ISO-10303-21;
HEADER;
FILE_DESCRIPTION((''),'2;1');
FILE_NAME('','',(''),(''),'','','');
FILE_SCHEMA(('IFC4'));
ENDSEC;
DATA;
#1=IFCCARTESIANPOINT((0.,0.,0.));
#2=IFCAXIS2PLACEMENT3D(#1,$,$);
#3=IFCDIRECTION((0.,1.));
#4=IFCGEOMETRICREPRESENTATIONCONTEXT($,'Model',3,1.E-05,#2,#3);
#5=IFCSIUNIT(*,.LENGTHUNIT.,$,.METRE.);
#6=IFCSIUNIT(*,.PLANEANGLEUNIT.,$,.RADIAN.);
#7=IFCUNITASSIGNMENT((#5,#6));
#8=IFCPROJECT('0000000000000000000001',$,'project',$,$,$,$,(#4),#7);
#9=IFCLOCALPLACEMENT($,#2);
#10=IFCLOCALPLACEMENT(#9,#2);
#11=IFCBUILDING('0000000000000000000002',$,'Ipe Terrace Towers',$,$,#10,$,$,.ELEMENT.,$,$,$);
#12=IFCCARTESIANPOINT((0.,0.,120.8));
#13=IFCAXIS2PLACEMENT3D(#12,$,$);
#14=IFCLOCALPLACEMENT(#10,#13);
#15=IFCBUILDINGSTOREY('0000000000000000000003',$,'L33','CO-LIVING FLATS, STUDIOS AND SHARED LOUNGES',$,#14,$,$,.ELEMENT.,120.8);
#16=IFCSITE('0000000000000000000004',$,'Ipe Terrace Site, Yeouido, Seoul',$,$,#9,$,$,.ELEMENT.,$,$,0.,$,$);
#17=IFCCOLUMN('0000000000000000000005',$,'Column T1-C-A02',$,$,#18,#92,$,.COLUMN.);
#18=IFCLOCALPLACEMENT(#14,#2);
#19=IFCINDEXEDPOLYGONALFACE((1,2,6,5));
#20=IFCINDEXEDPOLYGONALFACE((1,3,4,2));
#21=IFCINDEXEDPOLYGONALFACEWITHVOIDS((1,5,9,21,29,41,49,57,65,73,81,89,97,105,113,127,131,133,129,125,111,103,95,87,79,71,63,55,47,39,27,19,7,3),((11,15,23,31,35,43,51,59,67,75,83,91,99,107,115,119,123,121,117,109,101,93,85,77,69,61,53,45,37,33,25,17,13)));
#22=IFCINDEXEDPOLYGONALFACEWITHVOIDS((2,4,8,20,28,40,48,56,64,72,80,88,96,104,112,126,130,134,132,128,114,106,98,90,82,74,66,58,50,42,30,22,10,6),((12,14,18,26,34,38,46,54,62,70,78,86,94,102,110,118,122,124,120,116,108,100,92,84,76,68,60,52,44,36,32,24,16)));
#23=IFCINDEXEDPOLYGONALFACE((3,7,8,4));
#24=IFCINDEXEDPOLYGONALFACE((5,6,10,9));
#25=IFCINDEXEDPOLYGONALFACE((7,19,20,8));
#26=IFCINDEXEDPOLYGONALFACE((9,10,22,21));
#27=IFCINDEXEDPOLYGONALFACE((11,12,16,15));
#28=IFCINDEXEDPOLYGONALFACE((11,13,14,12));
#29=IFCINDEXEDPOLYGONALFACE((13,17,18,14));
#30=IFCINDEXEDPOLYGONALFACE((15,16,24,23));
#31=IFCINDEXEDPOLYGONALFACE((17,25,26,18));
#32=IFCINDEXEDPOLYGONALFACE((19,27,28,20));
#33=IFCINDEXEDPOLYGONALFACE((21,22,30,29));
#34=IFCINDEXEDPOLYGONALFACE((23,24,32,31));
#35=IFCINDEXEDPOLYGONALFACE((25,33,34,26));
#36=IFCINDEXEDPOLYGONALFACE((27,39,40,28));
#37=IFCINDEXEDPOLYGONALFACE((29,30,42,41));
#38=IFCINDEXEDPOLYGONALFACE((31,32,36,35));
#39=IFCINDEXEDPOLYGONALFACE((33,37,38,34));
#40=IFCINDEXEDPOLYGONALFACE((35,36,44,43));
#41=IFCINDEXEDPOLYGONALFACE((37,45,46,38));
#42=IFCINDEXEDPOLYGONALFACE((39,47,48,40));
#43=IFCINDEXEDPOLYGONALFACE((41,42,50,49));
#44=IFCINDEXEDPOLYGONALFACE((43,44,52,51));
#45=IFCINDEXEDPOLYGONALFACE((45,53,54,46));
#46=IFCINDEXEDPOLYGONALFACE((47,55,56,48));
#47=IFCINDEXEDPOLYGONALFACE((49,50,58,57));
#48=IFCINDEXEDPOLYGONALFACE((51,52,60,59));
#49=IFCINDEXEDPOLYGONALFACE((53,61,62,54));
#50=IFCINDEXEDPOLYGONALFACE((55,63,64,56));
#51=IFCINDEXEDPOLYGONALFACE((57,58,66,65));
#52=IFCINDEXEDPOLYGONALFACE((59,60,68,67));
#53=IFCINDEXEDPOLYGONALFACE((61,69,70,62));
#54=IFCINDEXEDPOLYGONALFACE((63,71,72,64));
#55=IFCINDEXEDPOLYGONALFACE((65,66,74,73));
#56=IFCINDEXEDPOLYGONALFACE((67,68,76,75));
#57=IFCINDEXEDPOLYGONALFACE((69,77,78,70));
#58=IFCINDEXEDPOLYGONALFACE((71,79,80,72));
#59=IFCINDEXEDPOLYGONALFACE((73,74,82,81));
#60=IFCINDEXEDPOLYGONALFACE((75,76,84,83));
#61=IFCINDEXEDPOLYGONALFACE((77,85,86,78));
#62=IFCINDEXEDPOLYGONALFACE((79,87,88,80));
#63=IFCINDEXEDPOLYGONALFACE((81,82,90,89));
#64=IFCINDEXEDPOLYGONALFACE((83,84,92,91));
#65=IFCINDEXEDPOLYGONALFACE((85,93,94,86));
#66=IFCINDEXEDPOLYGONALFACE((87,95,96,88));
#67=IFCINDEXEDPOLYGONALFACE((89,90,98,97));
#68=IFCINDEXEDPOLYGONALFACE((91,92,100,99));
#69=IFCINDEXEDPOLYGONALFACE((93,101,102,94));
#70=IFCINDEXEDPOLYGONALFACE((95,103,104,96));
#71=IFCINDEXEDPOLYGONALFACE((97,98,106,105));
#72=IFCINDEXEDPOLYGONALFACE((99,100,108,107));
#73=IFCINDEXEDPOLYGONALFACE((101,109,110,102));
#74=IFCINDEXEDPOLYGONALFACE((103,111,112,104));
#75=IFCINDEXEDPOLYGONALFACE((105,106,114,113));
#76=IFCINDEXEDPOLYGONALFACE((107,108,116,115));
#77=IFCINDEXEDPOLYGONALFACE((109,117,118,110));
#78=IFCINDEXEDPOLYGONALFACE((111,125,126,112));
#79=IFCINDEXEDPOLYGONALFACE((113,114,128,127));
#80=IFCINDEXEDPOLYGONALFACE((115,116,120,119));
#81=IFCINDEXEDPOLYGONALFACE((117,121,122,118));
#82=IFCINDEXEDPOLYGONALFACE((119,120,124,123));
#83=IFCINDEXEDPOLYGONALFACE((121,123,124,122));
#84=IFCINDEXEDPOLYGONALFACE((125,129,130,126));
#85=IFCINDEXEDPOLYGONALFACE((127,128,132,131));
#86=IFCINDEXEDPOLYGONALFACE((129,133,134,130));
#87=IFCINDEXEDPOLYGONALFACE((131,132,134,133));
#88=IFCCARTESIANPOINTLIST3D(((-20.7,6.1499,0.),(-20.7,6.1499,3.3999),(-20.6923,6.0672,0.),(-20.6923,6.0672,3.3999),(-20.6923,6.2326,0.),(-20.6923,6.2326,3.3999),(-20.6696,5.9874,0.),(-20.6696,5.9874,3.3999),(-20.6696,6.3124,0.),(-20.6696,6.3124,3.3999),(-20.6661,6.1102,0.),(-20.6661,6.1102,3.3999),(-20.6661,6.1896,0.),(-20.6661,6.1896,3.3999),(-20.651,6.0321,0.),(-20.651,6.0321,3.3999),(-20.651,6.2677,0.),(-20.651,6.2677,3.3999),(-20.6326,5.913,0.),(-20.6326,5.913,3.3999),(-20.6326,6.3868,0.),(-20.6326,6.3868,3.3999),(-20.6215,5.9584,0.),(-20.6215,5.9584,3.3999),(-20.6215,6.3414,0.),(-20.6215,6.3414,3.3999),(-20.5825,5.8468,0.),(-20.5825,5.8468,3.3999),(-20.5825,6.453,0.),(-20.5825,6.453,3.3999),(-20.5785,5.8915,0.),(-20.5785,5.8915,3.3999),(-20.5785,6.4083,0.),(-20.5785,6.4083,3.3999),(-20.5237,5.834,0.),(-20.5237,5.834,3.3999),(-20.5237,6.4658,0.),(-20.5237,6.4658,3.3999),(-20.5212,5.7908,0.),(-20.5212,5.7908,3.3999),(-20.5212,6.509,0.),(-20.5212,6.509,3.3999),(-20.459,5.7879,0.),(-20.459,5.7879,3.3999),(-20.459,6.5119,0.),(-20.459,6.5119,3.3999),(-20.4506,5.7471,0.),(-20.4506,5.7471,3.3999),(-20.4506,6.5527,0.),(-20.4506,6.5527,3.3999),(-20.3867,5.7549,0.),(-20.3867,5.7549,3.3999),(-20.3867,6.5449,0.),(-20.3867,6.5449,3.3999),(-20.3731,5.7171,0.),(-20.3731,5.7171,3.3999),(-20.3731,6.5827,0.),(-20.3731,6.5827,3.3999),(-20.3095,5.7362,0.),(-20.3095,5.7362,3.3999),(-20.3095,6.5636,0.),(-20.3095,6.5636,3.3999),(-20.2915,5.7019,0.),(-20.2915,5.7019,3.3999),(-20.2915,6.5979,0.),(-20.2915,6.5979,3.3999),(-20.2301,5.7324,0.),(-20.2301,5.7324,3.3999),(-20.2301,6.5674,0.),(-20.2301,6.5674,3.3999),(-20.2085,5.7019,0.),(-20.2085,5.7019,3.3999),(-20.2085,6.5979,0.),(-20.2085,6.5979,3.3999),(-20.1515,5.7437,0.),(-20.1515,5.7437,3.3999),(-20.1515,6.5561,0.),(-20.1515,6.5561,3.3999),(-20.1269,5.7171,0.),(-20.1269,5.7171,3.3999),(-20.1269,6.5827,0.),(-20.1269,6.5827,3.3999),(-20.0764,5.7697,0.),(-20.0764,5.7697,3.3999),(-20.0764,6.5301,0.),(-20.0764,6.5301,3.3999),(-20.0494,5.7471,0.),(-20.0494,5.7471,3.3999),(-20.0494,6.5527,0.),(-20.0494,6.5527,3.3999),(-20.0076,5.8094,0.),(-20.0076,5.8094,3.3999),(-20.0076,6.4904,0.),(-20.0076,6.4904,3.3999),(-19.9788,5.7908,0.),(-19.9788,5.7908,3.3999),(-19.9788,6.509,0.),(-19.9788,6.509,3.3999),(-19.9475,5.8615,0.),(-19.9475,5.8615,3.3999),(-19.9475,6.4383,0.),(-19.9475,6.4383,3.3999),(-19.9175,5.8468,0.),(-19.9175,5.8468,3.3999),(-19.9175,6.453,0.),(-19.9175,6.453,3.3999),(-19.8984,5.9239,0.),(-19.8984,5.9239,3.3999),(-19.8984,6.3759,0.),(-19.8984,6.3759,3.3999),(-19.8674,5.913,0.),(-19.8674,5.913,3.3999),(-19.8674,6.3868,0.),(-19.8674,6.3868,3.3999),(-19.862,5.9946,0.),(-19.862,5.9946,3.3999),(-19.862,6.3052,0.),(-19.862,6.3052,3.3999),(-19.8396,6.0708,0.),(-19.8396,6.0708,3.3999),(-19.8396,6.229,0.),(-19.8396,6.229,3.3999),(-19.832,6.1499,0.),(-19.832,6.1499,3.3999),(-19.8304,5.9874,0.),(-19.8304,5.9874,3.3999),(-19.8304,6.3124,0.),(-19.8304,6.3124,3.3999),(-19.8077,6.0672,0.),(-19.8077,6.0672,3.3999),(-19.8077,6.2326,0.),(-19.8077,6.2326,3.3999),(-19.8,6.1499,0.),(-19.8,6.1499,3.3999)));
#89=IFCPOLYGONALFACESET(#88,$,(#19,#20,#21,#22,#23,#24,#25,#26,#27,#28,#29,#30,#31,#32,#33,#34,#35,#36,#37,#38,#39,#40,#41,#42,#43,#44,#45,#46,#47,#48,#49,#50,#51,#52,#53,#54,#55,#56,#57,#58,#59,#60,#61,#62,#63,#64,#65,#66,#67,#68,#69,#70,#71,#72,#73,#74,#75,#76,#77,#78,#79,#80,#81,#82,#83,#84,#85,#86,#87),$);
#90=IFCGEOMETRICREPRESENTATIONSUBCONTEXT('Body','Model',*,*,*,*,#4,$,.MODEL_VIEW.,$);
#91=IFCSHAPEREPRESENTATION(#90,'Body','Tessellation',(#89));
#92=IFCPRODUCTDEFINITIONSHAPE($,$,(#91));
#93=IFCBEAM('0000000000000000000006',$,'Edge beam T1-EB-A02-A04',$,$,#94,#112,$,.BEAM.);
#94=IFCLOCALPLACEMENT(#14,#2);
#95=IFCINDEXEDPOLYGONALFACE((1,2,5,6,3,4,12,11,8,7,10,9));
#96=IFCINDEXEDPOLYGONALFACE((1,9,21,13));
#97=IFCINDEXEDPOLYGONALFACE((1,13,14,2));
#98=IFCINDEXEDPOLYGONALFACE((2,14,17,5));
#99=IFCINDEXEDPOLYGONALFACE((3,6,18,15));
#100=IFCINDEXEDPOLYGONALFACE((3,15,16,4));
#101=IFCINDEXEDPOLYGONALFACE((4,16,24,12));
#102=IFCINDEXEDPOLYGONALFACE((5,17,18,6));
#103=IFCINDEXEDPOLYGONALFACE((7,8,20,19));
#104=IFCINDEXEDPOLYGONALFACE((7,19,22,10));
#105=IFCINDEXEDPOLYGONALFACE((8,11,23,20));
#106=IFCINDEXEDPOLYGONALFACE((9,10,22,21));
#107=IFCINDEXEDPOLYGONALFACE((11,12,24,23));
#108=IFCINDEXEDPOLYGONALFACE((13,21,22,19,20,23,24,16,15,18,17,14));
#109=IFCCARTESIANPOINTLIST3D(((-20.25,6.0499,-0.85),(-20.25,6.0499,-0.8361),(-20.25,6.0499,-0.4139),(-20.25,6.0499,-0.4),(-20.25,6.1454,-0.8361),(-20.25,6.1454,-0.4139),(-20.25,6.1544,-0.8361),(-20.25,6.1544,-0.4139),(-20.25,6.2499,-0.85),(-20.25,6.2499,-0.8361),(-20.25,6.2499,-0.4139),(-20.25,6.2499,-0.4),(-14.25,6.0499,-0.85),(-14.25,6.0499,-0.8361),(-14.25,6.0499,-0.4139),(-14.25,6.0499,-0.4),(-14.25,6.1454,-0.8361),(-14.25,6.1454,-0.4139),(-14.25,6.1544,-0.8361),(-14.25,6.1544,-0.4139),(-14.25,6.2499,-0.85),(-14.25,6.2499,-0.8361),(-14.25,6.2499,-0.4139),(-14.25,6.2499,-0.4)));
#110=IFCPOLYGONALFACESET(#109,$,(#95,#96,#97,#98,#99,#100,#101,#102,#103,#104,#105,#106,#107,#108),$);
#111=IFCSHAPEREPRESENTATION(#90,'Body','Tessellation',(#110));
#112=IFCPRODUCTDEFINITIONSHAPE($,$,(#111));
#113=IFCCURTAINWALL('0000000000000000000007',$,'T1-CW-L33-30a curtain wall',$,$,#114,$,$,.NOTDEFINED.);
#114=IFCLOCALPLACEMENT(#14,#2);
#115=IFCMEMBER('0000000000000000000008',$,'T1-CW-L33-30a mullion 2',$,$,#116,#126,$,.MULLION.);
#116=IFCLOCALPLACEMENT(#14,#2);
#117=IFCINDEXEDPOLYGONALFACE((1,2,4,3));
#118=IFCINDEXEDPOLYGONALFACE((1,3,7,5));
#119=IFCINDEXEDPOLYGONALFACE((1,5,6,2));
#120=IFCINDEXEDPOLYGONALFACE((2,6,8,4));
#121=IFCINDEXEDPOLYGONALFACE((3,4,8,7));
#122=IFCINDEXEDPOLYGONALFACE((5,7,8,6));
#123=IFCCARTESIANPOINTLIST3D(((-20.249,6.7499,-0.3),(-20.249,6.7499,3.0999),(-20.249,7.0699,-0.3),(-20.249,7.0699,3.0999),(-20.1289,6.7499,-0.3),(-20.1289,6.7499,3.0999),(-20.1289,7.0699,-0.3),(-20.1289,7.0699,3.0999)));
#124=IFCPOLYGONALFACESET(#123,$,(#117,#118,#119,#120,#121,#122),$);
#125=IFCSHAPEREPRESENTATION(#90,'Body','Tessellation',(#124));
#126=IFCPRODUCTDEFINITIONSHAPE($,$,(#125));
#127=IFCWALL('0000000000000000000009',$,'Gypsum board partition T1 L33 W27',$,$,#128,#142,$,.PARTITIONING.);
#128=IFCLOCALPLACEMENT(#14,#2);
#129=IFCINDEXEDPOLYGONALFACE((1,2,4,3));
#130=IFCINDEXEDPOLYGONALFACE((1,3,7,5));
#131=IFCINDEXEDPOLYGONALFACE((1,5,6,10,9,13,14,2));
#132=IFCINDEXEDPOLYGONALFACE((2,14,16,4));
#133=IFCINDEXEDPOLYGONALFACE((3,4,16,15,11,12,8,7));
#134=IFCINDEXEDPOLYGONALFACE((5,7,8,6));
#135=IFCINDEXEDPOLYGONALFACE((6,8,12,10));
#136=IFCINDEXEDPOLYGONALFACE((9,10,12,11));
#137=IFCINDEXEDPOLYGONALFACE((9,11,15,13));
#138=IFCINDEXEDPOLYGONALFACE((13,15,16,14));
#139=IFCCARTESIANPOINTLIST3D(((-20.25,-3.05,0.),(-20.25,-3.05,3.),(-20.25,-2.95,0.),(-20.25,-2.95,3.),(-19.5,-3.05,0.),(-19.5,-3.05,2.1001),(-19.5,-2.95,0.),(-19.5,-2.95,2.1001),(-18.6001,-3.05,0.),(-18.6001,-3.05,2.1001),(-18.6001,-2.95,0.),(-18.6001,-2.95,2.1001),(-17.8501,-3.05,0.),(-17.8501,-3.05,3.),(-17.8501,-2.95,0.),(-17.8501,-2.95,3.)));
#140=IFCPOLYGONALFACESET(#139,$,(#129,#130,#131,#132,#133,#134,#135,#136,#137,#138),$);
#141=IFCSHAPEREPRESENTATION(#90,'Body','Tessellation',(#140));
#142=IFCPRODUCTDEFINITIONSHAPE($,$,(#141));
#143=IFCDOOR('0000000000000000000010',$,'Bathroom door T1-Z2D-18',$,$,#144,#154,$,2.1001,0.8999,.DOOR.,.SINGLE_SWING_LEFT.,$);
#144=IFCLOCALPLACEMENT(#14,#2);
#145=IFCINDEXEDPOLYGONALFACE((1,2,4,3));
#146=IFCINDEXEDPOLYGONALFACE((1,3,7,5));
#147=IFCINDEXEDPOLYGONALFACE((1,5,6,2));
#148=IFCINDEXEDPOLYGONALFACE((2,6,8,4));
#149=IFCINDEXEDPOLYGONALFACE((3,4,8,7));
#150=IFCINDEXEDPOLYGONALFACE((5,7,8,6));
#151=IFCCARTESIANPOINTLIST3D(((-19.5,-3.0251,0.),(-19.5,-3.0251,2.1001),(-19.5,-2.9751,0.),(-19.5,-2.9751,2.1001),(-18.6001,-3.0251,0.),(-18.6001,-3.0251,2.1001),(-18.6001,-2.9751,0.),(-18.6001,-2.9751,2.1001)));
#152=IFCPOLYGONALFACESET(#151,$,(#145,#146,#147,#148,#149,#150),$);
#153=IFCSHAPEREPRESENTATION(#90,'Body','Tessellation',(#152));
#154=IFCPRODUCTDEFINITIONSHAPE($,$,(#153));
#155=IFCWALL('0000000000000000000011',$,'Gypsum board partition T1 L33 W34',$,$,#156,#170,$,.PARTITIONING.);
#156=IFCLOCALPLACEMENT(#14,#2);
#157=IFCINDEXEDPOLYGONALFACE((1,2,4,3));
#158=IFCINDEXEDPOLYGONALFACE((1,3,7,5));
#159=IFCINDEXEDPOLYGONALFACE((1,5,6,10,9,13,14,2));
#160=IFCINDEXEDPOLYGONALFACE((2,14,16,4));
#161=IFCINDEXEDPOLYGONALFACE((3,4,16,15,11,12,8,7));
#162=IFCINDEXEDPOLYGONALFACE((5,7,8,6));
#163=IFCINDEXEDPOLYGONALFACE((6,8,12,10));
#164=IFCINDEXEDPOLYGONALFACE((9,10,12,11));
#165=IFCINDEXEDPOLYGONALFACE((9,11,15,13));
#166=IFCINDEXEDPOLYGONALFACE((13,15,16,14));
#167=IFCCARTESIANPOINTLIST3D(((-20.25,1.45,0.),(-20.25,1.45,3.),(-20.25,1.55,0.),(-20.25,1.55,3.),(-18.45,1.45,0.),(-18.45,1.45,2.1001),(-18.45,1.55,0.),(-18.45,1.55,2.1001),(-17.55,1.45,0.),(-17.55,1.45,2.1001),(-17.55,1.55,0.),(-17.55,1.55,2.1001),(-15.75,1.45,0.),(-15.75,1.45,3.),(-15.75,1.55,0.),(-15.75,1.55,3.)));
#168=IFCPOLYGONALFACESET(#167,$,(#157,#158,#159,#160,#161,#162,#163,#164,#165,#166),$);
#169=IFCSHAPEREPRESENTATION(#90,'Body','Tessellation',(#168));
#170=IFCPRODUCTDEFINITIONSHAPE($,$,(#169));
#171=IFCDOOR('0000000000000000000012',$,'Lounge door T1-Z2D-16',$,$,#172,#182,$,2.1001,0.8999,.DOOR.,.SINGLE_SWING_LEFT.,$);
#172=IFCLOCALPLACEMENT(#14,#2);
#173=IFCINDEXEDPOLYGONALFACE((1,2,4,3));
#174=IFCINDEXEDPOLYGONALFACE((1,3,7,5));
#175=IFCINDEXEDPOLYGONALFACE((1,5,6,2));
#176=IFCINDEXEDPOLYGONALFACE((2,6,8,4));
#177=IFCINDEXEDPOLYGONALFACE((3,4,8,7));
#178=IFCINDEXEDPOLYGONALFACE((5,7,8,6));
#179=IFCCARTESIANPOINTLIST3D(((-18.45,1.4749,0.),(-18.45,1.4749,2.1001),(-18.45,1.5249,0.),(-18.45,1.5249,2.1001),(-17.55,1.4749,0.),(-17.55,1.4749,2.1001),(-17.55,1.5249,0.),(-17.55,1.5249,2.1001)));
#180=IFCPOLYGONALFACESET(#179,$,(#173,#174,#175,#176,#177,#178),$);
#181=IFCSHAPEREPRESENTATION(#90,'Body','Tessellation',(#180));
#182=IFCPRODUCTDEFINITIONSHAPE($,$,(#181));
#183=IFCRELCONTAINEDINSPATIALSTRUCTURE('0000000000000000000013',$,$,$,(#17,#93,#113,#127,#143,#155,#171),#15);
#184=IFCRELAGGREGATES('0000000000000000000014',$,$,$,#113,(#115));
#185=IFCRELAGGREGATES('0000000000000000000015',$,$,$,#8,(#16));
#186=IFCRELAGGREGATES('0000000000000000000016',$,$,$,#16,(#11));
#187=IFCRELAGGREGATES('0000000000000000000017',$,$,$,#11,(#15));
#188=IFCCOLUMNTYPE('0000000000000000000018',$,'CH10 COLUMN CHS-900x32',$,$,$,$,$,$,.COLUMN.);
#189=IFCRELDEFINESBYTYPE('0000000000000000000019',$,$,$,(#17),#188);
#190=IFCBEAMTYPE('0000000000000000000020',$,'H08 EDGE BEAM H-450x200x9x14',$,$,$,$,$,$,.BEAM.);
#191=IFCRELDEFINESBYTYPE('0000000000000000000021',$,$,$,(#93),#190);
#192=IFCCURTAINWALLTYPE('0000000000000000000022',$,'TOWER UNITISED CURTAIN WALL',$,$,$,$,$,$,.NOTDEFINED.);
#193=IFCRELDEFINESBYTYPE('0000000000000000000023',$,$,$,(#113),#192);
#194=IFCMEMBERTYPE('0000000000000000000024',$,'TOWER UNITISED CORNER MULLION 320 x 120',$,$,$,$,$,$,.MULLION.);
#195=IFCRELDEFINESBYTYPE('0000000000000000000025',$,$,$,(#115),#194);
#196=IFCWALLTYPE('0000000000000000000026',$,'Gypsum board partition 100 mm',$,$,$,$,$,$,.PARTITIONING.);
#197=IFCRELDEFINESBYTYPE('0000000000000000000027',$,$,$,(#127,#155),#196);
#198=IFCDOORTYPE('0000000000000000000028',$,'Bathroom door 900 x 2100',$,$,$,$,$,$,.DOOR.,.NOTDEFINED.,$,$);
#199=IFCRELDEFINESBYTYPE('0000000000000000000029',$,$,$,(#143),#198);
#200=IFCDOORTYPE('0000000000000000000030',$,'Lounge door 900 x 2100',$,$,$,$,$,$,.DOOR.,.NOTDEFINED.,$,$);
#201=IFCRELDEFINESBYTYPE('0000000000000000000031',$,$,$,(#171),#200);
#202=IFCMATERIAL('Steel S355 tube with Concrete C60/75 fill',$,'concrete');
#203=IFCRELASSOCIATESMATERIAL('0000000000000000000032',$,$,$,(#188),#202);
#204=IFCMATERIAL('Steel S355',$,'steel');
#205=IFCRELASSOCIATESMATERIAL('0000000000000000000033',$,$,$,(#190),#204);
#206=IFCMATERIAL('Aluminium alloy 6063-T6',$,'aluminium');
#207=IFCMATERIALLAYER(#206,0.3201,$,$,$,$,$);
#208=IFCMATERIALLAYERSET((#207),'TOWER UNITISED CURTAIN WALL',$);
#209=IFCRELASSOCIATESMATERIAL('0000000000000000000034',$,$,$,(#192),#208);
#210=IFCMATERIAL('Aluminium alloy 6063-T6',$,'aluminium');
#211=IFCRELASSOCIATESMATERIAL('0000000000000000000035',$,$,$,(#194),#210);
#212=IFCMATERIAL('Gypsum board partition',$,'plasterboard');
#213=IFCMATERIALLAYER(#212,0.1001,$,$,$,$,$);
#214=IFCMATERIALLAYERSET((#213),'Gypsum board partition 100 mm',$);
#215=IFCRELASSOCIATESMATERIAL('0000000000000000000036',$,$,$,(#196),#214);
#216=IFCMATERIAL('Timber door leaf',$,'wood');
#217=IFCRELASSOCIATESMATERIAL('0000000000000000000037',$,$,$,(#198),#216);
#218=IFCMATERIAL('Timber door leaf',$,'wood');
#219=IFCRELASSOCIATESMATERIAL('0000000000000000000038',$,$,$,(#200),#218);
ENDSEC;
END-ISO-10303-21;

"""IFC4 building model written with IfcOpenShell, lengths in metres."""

from ifc_helpers import new_model, si_unit, direction, frame, frame_2d, origin, origin_2d, place, context, subcontext, project, spatial, rectangle, hollow_circle, i_section, extrude, material, layer, layer_set, material_profile, profile_set, type_object, element, fill, aggregate, save


model = new_model("IFC4")

# Units and contexts
model_context = context("Model", 3, precision=1e-05, world=origin(), true_north=direction((0.0, 1.0)))
body_context = subcontext(model_context, "Body", "Model", "MODEL_VIEW")
ifc_project = project(units=[si_unit("LENGTHUNIT", "METRE"), si_unit("PLANEANGLEUNIT", "RADIAN")], contexts=[model_context])

# Site, building, storey
site_placement = place(None, origin())
site = spatial("IfcSite", under=ifc_project, at=site_placement, Name="Ipe Terrace Site, Yeouido, Seoul", CompositionType="ELEMENT", RefElevation=0.0)
building_placement = place(site_placement, origin())
building = spatial("IfcBuilding", under=site, at=building_placement, Name="Ipe Terrace Towers", CompositionType="ELEMENT")
storey_placement = place(building_placement, frame((0.0, 0.0, 120.8)))
storey = spatial("IfcBuildingStorey", under=building, at=storey_placement, Name="L33", Description="CO-LIVING FLATS, STUDIOS AND SHARED LOUNGES", CompositionType="ELEMENT", Elevation=120.8)

# Column
ifc_material_1 = material(Name="Steel S355 tube with Concrete C60/75 fill", Category="concrete")
ifc_material_profile_1 = material_profile(ifc_material_1, hollow_circle(Radius=0.45, WallThickness=0.032, at=origin_2d()), Name="CHS-900x32")
ifc_profile_set_1 = profile_set([ifc_material_profile_1], Name="Steel S355 tube with Concrete C60/75 fill")
column_type = type_object("IfcColumnType", Name="CH10 COLUMN CHS-900x32", PredefinedType="COLUMN", material=ifc_profile_set_1)
column_placement = place(storey_placement, frame((-20.25, 6.1499, 0.0), z_axis=(0.0, 0.0, 1.0), x_axis=(1.0, 0.0, 0.0)))
element("IfcColumn", 1, at=column_placement, inside=storey, type_object=column_type, Name="Column T1-C-A02", PredefinedType="COLUMN", context=body_context, shape_type="SweptSolid", body=[
    extrude(hollow_circle(Radius=0.45, WallThickness=0.032, at=origin_2d()), origin(), (0.0, 0.0, 1.0), 3.3999),
])

# Beam
ifc_material_2 = material(Name="Steel S355", Category="steel")
ifc_material_profile_2 = material_profile(ifc_material_2, i_section(OverallWidth=0.2, OverallDepth=0.45, WebThickness=0.009, FlangeThickness=0.0139, at=origin_2d()), Name="H-450x200x9x14")
ifc_profile_set_2 = profile_set([ifc_material_profile_2], Name="Steel S355")
beam_type = type_object("IfcBeamType", Name="H08 EDGE BEAM H-450x200x9x14", PredefinedType="BEAM", material=ifc_profile_set_2)
beam_placement = place(storey_placement, frame((-20.25, 6.1499, -0.625), z_axis=(1.0, 0.0, 0.0), x_axis=(0.0, 1.0, 0.0)))
element("IfcBeam", 2, at=beam_placement, inside=storey, type_object=beam_type, Name="Edge beam T1-EB-A02-A04", PredefinedType="BEAM", context=body_context, shape_type="SweptSolid", body=[
    extrude(i_section(OverallWidth=0.2, OverallDepth=0.45, WebThickness=0.009, FlangeThickness=0.0139, at=origin_2d()), origin(), (0.0, 0.0, 1.0), 6.0),
])

# Curtain wall, member
ifc_material_3 = material(Name="Aluminium alloy 6063-T6", Category="aluminium")
ifc_layer_1 = layer(ifc_material_3, 0.3201)
ifc_layer_set_1 = layer_set([ifc_layer_1], Name="TOWER UNITISED CURTAIN WALL")
curtain_wall_type = type_object("IfcCurtainWallType", Name="TOWER UNITISED CURTAIN WALL", PredefinedType="NOTDEFINED", material=ifc_layer_set_1)
curtain_wall_placement = place(storey_placement, origin())
curtain_wall = element("IfcCurtainWall", 3, at=curtain_wall_placement, inside=storey, type_object=curtain_wall_type, Name="T1-CW-L33-30a curtain wall", PredefinedType="NOTDEFINED")
ifc_material_4 = material(Name="Aluminium alloy 6063-T6", Category="aluminium")
ifc_material_profile_3 = material_profile(ifc_material_4, rectangle(XDim=0.3201, YDim=0.1201, at=origin_2d()), Name="TOWER UNITISED CORNER MULLION 320 x 120")
ifc_profile_set_3 = profile_set([ifc_material_profile_3], Name="Aluminium alloy 6063-T6")
member_type = type_object("IfcMemberType", Name="TOWER UNITISED CORNER MULLION 320 x 120", PredefinedType="MULLION", material=ifc_profile_set_3)
member_placement = place(storey_placement, frame((-20.189, 6.9099, -0.3), z_axis=(0.0, 0.0, 1.0), x_axis=(0.0, 1.0, 0.0)))
member = element("IfcMember", 4, at=member_placement, type_object=member_type, Name="T1-CW-L33-30a mullion 2", PredefinedType="MULLION", context=body_context, shape_type="SweptSolid", body=[
    extrude(rectangle(XDim=0.3201, YDim=0.1201, at=origin_2d()), origin(), (0.0, 0.0, 1.0), 3.3999),
])
aggregate(curtain_wall, [member])

# Walls, openings, doors
ifc_material_5 = material(Name="Gypsum board partition", Category="plasterboard")
ifc_layer_2 = layer(ifc_material_5, 0.1001)
ifc_layer_set_2 = layer_set([ifc_layer_2], Name="Gypsum board partition 100 mm")
wall_type_1 = type_object("IfcWallType", Name="Gypsum board partition 100 mm", PredefinedType="PARTITIONING", material=ifc_layer_set_2)
wall_1_placement = place(storey_placement, frame((-20.25, -3.0, 0.0), z_axis=(0.0, 0.0, 1.0), x_axis=(1.0, 0.0, 0.0)))
wall_1 = element("IfcWall", 5, at=wall_1_placement, inside=storey, type_object=wall_type_1, Name="Gypsum board partition T1 L33 W27", PredefinedType="PARTITIONING", context=body_context, shape_type="SweptSolid", body=[
    extrude(rectangle(XDim=2.3999, YDim=0.1001, at=frame_2d((1.2, 0.0))), origin(), (0.0, 0.0, 1.0), 3.0),
])
opening_1_placement = place(wall_1_placement, frame((0.75, 0.0, 0.0)))
opening_1 = element("IfcOpeningElement", 6, at=opening_1_placement, cuts=wall_1, PredefinedType="OPENING", context=body_context, shape_type="SweptSolid", body=[
    extrude(rectangle(XDim=0.8999, YDim=2.1001, at=frame_2d((0.45, 1.05))), frame((0.0, 0.0601, 0.0), z_axis=(0.0, -1.0, 0.0), x_axis=(1.0, 0.0, 0.0)), (0.0, 0.0, 1.0), 0.1201),
])
ifc_material_6 = material(Name="Timber door leaf", Category="wood")
door_type_1 = type_object("IfcDoorType", Name="Bathroom door 900 x 2100", OperationType="NOTDEFINED", PredefinedType="DOOR", material=ifc_material_6)
door_1_placement = place(opening_1_placement, origin())
door_1 = element("IfcDoor", 7, at=door_1_placement, inside=storey, type_object=door_type_1, Name="Bathroom door T1-Z2D-18", OperationType="SINGLE_SWING_LEFT", OverallHeight=2.1001, OverallWidth=0.8999, PredefinedType="DOOR", context=body_context, shape_type="SweptSolid", body=[
    extrude(rectangle(XDim=0.8999, YDim=2.1001, at=frame_2d((0.45, 1.05))), frame((0.0, 0.0249, 0.0), z_axis=(0.0, -1.0, 0.0), x_axis=(1.0, 0.0, 0.0)), (0.0, 0.0, 1.0), 0.05),
])
fill(opening_1, door_1)
wall_2_placement = place(storey_placement, frame((-20.25, 1.5, 0.0), z_axis=(0.0, 0.0, 1.0), x_axis=(1.0, 0.0, 0.0)))
wall_2 = element("IfcWall", 8, at=wall_2_placement, inside=storey, type_object=wall_type_1, Name="Gypsum board partition T1 L33 W34", PredefinedType="PARTITIONING", context=body_context, shape_type="SweptSolid", body=[
    extrude(rectangle(XDim=4.5, YDim=0.1001, at=frame_2d((2.25, 0.0))), origin(), (0.0, 0.0, 1.0), 3.0),
])
opening_2_placement = place(wall_2_placement, frame((1.8, 0.0, 0.0)))
opening_2 = element("IfcOpeningElement", 9, at=opening_2_placement, cuts=wall_2, PredefinedType="OPENING", context=body_context, shape_type="SweptSolid", body=[
    extrude(rectangle(XDim=0.8999, YDim=2.1001, at=frame_2d((0.45, 1.05))), frame((0.0, 0.0601, 0.0), z_axis=(0.0, -1.0, 0.0), x_axis=(1.0, 0.0, 0.0)), (0.0, 0.0, 1.0), 0.1201),
])
ifc_material_7 = material(Name="Timber door leaf", Category="wood")
door_type_2 = type_object("IfcDoorType", Name="Lounge door 900 x 2100", OperationType="NOTDEFINED", PredefinedType="DOOR", material=ifc_material_7)
door_2_placement = place(opening_2_placement, origin())
door_2 = element("IfcDoor", 10, at=door_2_placement, inside=storey, type_object=door_type_2, Name="Lounge door T1-Z2D-16", OperationType="SINGLE_SWING_LEFT", OverallHeight=2.1001, OverallWidth=0.8999, PredefinedType="DOOR", context=body_context, shape_type="SweptSolid", body=[
    extrude(rectangle(XDim=0.8999, YDim=2.1001, at=frame_2d((0.45, 1.05))), frame((0.0, 0.0249, 0.0), z_axis=(0.0, -1.0, 0.0), x_axis=(1.0, 0.0, 0.0)), (0.0, 0.0, 1.0), 0.05),
])
fill(opening_2, door_2)

save(model, "model.ifc")
